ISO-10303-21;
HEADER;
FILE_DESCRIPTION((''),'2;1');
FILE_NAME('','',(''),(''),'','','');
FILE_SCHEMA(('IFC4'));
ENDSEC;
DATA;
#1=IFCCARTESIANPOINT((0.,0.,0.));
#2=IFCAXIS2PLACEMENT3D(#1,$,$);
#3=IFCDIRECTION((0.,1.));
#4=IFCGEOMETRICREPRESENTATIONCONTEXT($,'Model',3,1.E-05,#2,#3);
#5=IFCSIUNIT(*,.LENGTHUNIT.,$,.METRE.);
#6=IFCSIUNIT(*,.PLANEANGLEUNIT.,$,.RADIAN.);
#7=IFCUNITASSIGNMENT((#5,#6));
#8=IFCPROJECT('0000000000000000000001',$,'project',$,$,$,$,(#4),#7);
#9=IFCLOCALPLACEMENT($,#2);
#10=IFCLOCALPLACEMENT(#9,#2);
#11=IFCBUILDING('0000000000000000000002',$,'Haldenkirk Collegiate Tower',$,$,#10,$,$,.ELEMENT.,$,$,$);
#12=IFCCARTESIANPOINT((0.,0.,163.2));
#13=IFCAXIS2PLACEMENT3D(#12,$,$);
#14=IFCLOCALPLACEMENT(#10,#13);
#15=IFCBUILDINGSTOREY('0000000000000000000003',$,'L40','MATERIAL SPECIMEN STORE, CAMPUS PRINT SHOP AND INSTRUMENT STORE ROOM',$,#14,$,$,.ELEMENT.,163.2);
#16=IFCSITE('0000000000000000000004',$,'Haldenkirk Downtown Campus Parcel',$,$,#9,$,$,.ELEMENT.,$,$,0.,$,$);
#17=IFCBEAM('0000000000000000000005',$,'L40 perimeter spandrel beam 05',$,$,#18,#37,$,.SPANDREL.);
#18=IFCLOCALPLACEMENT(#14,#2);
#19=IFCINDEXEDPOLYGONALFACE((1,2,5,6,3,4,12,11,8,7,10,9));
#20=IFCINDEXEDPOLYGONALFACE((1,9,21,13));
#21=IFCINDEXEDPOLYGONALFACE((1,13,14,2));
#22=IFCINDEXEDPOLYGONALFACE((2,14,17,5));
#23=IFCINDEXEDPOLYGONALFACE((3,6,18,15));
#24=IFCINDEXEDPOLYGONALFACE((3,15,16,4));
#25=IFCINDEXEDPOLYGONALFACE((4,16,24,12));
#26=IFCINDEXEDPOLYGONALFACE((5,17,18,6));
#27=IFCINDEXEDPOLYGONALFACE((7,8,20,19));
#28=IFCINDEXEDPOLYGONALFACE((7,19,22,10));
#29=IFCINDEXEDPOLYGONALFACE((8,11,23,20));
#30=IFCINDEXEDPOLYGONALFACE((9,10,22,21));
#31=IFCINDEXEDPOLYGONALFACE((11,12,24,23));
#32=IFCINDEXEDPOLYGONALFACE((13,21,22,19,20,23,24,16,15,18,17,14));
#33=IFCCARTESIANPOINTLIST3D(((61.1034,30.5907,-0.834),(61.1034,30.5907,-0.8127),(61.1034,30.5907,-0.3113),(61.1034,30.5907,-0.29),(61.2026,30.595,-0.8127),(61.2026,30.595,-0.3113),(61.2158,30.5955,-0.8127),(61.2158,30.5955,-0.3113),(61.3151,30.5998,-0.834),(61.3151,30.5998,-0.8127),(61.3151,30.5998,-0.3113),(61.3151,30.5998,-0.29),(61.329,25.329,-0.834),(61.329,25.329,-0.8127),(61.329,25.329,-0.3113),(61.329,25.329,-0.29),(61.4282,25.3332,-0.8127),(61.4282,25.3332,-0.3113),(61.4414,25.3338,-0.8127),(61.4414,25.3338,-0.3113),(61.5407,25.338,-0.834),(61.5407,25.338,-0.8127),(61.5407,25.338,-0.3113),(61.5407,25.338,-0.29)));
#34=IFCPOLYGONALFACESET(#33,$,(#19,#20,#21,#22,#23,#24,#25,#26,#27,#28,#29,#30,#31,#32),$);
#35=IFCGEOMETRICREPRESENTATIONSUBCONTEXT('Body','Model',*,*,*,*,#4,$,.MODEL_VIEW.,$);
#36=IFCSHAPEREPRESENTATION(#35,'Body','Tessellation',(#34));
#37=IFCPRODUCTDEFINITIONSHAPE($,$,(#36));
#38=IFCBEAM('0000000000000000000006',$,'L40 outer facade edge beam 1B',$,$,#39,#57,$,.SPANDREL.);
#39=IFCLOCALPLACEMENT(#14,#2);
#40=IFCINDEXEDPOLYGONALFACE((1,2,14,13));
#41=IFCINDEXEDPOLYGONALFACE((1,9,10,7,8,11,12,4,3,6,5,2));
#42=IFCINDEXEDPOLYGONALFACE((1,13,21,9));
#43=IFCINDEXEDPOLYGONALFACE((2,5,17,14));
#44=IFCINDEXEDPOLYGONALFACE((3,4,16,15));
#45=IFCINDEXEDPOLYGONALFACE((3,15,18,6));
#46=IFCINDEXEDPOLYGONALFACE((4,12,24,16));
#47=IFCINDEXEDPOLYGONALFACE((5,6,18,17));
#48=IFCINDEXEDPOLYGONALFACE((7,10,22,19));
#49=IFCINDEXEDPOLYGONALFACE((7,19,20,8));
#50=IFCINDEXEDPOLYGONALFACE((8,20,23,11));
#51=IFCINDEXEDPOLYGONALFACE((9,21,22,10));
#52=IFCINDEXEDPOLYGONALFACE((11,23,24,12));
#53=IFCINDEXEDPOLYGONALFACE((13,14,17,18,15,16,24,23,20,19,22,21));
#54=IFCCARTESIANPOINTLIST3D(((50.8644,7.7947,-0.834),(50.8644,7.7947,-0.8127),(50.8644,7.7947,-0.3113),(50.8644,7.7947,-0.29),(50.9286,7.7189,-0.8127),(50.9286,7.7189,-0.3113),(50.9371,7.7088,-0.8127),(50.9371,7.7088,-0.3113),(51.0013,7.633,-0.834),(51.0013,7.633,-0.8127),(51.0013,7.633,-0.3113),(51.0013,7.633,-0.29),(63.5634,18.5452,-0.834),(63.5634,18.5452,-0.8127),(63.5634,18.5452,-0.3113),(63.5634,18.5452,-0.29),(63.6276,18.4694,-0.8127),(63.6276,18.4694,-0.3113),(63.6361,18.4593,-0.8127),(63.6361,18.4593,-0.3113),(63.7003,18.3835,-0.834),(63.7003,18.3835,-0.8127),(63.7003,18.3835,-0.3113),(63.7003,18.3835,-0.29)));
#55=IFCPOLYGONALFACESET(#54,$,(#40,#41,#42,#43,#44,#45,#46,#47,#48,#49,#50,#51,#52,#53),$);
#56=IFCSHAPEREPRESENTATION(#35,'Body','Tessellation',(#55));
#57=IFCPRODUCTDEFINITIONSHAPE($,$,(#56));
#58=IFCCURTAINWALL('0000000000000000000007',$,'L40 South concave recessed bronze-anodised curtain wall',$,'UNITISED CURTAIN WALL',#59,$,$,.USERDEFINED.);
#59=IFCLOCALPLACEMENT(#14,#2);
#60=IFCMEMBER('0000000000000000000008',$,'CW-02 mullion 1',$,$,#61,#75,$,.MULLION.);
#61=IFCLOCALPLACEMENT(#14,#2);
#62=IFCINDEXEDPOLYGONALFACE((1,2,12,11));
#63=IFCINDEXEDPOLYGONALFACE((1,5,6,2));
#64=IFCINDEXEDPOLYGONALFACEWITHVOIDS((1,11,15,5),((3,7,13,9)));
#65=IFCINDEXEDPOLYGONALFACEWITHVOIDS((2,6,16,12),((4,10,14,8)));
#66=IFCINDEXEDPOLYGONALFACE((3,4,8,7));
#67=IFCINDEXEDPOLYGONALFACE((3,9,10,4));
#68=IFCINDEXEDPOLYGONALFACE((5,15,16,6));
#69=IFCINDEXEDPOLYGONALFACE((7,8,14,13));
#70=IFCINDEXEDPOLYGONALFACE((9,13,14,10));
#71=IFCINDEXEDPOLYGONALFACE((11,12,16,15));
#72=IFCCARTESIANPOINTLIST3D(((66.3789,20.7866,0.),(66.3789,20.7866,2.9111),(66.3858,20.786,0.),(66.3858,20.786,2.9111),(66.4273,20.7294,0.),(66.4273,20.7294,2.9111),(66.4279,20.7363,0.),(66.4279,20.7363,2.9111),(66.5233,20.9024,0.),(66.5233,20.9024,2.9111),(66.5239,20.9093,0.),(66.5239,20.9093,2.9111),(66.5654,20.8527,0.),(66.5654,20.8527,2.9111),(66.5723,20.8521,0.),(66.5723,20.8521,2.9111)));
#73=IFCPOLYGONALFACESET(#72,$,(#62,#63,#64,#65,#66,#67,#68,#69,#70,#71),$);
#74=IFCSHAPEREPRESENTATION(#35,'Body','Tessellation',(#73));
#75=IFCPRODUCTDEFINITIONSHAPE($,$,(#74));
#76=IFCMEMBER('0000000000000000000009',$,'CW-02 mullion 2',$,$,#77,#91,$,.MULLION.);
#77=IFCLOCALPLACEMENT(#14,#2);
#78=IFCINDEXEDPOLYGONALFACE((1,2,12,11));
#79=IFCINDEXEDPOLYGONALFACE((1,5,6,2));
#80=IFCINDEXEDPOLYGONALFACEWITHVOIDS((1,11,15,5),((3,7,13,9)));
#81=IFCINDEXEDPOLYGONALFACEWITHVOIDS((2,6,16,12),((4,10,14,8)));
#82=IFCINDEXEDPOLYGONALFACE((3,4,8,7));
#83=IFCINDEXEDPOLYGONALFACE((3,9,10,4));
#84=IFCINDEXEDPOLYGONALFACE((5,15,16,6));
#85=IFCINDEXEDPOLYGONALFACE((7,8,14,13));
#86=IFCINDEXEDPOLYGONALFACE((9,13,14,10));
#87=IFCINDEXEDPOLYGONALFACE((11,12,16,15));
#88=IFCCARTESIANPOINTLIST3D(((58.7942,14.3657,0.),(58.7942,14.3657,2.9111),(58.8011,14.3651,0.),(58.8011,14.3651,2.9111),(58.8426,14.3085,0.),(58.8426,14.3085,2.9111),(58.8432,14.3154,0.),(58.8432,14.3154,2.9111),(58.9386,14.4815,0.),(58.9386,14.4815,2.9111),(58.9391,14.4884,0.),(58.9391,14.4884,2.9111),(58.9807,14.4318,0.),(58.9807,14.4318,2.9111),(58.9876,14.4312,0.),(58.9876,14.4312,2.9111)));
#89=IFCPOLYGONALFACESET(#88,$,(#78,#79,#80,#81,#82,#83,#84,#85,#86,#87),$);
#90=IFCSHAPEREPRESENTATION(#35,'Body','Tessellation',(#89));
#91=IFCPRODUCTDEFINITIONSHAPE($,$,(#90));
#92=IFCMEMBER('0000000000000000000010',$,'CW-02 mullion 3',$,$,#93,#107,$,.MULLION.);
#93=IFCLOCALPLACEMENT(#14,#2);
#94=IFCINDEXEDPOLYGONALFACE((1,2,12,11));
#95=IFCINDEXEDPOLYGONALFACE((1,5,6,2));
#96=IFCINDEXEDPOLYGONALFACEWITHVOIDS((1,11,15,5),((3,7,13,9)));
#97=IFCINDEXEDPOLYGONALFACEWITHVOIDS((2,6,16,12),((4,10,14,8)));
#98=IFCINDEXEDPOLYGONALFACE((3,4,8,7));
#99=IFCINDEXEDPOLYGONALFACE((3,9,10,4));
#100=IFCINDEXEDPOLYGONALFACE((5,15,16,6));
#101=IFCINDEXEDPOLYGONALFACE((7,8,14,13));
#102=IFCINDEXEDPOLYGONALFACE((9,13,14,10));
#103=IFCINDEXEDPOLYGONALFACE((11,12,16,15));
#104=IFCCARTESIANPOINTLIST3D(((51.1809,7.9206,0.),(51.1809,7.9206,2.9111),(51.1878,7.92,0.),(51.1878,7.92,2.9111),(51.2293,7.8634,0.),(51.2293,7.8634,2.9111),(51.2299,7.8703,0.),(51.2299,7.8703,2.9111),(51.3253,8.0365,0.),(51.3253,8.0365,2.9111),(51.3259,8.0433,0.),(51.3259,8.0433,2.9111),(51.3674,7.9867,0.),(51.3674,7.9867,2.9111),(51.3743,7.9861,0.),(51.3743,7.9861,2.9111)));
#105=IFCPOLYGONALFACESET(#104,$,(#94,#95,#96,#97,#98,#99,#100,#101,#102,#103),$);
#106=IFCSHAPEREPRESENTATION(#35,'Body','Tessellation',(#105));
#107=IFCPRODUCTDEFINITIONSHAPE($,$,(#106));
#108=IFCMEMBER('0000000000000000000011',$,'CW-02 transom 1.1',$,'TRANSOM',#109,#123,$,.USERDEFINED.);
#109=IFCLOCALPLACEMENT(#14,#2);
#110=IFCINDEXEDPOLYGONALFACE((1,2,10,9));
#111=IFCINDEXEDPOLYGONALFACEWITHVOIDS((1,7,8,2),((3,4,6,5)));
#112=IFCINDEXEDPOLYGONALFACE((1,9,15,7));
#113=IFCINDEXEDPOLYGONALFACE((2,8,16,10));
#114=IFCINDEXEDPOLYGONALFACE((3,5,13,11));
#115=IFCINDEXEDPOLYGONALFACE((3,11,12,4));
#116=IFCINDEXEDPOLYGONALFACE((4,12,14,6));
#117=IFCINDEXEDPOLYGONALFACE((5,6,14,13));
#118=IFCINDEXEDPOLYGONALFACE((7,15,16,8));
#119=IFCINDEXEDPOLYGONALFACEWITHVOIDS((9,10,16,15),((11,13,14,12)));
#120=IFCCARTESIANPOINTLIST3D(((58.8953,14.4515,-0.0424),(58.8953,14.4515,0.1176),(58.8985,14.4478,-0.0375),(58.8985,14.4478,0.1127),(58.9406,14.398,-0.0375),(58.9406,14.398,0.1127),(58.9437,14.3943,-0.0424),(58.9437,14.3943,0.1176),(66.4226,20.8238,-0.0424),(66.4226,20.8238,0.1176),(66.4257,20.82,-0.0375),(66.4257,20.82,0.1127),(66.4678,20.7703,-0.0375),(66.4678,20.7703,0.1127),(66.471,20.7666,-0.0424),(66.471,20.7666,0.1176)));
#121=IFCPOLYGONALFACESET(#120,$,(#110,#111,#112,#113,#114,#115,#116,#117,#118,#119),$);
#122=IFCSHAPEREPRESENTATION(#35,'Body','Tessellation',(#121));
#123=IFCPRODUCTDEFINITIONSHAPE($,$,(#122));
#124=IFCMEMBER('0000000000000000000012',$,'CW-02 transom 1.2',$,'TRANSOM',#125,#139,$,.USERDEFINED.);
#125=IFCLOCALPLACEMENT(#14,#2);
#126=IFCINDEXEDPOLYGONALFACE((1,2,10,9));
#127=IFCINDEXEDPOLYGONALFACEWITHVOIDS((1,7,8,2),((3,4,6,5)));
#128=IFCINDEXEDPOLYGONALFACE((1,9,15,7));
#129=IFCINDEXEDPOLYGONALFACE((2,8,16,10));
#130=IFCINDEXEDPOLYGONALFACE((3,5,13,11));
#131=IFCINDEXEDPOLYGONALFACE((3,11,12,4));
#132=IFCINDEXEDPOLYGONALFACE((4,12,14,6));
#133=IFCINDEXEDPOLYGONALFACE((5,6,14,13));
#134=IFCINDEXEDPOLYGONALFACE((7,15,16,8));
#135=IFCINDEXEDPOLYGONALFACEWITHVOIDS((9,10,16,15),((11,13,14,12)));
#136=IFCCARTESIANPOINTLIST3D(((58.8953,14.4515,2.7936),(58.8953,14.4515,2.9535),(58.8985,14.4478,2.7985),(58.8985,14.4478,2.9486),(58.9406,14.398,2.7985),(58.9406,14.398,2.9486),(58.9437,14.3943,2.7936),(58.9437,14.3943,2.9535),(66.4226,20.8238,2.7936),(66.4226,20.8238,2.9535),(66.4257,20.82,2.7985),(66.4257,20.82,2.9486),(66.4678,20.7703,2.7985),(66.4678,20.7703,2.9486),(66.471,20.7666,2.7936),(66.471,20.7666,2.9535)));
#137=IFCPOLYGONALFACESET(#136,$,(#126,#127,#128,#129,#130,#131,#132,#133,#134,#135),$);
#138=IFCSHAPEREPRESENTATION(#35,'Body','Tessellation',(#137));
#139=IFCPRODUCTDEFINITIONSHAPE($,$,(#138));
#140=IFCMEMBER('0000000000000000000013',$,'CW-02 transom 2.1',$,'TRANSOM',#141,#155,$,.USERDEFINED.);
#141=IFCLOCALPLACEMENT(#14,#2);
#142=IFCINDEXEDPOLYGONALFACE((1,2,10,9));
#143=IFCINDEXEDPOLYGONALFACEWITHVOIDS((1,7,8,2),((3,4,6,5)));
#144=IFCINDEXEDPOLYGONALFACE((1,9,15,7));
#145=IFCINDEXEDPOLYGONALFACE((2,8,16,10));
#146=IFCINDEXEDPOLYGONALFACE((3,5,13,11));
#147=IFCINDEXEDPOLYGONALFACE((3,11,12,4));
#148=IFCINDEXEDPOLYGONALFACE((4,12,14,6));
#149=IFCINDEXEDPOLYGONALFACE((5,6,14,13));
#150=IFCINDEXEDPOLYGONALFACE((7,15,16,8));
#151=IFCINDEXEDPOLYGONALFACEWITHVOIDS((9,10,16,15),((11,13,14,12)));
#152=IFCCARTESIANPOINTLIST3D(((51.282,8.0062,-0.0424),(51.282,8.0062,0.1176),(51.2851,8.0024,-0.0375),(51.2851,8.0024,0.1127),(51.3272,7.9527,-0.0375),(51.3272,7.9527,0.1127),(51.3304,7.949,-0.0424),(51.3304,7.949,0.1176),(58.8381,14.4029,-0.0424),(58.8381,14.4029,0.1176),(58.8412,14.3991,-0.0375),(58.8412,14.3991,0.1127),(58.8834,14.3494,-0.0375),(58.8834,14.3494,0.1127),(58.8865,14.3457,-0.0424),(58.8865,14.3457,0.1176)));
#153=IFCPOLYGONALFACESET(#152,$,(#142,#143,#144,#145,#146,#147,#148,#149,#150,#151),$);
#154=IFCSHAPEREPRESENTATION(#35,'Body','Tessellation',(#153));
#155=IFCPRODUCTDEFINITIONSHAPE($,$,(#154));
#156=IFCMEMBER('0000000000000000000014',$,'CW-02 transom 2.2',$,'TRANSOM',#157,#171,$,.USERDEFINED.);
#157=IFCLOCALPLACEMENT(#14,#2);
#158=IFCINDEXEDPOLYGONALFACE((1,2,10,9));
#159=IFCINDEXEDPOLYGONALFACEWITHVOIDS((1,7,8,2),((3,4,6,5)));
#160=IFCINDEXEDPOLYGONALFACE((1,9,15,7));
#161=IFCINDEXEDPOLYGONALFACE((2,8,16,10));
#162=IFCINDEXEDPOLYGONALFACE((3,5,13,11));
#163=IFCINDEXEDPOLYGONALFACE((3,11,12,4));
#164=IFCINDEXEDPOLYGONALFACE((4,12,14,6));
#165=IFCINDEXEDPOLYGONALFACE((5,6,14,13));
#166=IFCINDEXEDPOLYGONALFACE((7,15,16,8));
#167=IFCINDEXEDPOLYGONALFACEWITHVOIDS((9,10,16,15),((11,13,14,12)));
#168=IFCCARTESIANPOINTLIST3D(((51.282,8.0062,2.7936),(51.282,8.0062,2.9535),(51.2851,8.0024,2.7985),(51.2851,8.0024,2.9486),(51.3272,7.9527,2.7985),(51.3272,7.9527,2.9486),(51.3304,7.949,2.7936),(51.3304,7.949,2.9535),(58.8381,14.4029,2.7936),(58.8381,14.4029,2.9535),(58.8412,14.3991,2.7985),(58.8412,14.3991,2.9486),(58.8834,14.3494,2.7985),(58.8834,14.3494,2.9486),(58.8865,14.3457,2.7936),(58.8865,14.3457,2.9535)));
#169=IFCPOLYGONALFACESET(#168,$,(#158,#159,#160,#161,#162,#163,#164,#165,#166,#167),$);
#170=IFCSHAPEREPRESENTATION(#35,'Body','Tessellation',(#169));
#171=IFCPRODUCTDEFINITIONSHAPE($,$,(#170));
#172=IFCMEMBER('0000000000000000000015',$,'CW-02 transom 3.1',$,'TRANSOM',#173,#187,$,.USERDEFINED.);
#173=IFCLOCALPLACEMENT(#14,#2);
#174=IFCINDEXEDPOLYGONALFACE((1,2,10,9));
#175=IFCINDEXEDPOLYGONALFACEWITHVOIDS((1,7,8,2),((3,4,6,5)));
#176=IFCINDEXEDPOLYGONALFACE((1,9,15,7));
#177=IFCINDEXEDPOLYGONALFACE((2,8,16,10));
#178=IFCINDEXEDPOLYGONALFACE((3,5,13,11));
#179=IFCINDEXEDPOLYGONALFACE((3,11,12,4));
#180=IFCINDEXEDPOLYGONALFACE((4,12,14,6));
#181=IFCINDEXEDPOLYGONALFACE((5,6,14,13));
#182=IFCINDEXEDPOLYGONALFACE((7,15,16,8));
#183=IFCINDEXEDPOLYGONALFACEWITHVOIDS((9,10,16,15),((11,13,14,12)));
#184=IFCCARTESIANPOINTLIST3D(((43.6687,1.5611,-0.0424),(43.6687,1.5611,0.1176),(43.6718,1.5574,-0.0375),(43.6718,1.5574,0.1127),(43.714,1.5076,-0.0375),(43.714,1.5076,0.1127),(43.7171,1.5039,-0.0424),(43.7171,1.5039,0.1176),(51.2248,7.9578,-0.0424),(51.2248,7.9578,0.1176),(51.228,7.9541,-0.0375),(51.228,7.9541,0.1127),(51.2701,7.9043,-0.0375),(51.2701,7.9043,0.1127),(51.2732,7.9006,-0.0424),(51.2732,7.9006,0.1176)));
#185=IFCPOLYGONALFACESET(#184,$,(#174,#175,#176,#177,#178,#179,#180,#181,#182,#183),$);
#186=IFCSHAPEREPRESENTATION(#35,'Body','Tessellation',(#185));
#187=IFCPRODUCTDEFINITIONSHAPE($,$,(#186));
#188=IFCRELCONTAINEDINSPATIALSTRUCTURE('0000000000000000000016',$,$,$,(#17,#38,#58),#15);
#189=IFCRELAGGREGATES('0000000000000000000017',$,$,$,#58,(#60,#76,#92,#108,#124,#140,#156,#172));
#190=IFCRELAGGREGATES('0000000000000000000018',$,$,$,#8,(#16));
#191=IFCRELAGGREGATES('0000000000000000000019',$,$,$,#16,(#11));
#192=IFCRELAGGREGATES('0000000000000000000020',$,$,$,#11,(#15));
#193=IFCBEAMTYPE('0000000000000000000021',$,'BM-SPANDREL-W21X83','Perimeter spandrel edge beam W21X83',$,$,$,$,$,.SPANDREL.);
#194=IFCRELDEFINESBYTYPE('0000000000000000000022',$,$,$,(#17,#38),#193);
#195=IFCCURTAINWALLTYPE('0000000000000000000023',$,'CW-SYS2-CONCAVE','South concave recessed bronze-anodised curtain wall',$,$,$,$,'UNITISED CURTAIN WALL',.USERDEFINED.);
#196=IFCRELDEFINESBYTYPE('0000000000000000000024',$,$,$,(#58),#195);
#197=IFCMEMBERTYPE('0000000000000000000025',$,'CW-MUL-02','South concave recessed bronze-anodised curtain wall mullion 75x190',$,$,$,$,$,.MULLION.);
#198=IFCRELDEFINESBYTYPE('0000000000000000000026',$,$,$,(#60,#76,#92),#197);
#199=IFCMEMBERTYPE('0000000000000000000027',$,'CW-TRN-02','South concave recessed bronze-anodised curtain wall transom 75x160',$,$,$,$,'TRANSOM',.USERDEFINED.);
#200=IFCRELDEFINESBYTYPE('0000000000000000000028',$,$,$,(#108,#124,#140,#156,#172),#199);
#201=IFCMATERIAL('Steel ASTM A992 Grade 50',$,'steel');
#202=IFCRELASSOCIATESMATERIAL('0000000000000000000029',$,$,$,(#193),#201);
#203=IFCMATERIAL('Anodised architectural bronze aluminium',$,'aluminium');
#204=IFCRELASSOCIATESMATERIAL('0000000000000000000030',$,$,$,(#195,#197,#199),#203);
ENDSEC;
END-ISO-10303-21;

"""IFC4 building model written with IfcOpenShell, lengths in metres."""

from ifc_helpers import new_model, si_unit, direction, frame, origin, origin_2d, place, context, subcontext, project, spatial, hollow_rectangle, i_section, extrude, material, material_profile, profile_set, type_object, element, aggregate, save


model = new_model("IFC4")

# Units and contexts
model_context = context("Model", 3, precision=1e-05, world=origin(), true_north=direction((0.0, 1.0)))
body_context = subcontext(model_context, "Body", "Model", "MODEL_VIEW")
ifc_project = project(units=[si_unit("LENGTHUNIT", "METRE"), si_unit("PLANEANGLEUNIT", "RADIAN")], contexts=[model_context])

# Site, building, storey
site_placement = place(None, origin())
site = spatial("IfcSite", under=ifc_project, at=site_placement, Name="Haldenkirk Downtown Campus Parcel", CompositionType="ELEMENT", RefElevation=0.0)
building_placement = place(site_placement, origin())
building = spatial("IfcBuilding", under=site, at=building_placement, Name="Haldenkirk Collegiate Tower", CompositionType="ELEMENT")
storey_placement = place(building_placement, frame((0.0, 0.0, 163.2)))
storey = spatial("IfcBuildingStorey", under=building, at=storey_placement, Name="L40", Description="MATERIAL SPECIMEN STORE, CAMPUS PRINT SHOP AND INSTRUMENT STORE ROOM", CompositionType="ELEMENT", Elevation=163.2)

# Beams
ifc_material_1 = material(Name="Steel ASTM A992 Grade 50", Category="steel")
ifc_material_profile_1 = material_profile(ifc_material_1, i_section(OverallWidth=0.2119, OverallDepth=0.5439, WebThickness=0.0132, FlangeThickness=0.0212, at=origin_2d()), Name="W21X83")
ifc_profile_set_1 = profile_set([ifc_material_profile_1], Name="Steel ASTM A992 Grade 50")
beam_type_1 = type_object("IfcBeamType", Name="BM-SPANDREL-W21X83", Description="Perimeter spandrel edge beam W21X83", PredefinedType="SPANDREL", material=ifc_profile_set_1)
beam_1_placement = place(storey_placement, frame((61.4348, 25.3335, -0.562), z_axis=(-0.042834, 0.999082, 0.0), x_axis=(-0.999082, -0.042834, 0.0)))
element("IfcBeam", 1, at=beam_1_placement, inside=storey, type_object=beam_type_1, Name="L40 perimeter spandrel beam 05", PredefinedType="SPANDREL", context=body_context, shape_type="SweptSolid", body=[
    extrude(i_section(OverallWidth=0.2119, OverallDepth=0.5439, WebThickness=0.0132, FlangeThickness=0.0212, at=origin_2d()), origin(), (0.0, 0.0, 1.0), 5.2666),
])
beam_2_placement = place(storey_placement, frame((50.9329, 7.7139, -0.562), z_axis=(0.763232, 0.646124, 0.0), x_axis=(-0.646124, 0.763232, 0.0)))
element("IfcBeam", 2, at=beam_2_placement, inside=storey, type_object=beam_type_1, Name="L40 outer facade edge beam 1B", PredefinedType="SPANDREL", context=body_context, shape_type="SweptSolid", body=[
    extrude(i_section(OverallWidth=0.2119, OverallDepth=0.5439, WebThickness=0.0132, FlangeThickness=0.0212, at=origin_2d()), origin(), (0.0, 0.0, 1.0), 16.6384),
])

# Curtain wall, members
ifc_material_2 = material(Name="Anodised architectural bronze aluminium", Category="aluminium")
curtain_wall_type = type_object("IfcCurtainWallType", Name="CW-SYS2-CONCAVE", Description="South concave recessed bronze-anodised curtain wall", ElementType="UNITISED CURTAIN WALL", PredefinedType="USERDEFINED", material=ifc_material_2)
curtain_wall_placement = place(storey_placement, origin())
curtain_wall = element("IfcCurtainWall", 3, at=curtain_wall_placement, inside=storey, type_object=curtain_wall_type, Name="L40 South concave recessed bronze-anodised curtain wall", ObjectType="UNITISED CURTAIN WALL", PredefinedType="USERDEFINED")
ifc_material_profile_2 = material_profile(ifc_material_2, hollow_rectangle(XDim=0.075, YDim=0.1899, WallThickness=0.0049, at=origin_2d()), Name="CW-MUL-02")
ifc_profile_set_2 = profile_set([ifc_material_profile_2], Name="Anodised architectural bronze aluminium")
member_type_1 = type_object("IfcMemberType", Name="CW-MUL-02", Description="South concave recessed bronze-anodised curtain wall mullion 75x190", PredefinedType="MULLION", material=ifc_profile_set_2)
member_1_placement = place(storey_placement, frame((66.4756, 20.8193, 0.0), z_axis=(0.0, 0.0, 1.0), x_axis=(0.646124, -0.763232, 0.0)))
member_1 = element("IfcMember", 4, at=member_1_placement, type_object=member_type_1, Name="CW-02 mullion 1", PredefinedType="MULLION", context=body_context, shape_type="SweptSolid", body=[
    extrude(hollow_rectangle(XDim=0.075, YDim=0.1899, WallThickness=0.0049, at=origin_2d()), origin(), (0.0, 0.0, 1.0), 2.9111),
])
member_2_placement = place(storey_placement, frame((58.8909, 14.3984, 0.0), z_axis=(0.0, 0.0, 1.0), x_axis=(0.646124, -0.763232, 0.0)))
member_2 = element("IfcMember", 5, at=member_2_placement, type_object=member_type_1, Name="CW-02 mullion 2", PredefinedType="MULLION", context=body_context, shape_type="SweptSolid", body=[
    extrude(hollow_rectangle(XDim=0.075, YDim=0.1899, WallThickness=0.0049, at=origin_2d()), origin(), (0.0, 0.0, 1.0), 2.9111),
])
member_3_placement = place(storey_placement, frame((51.2776, 7.9534, 0.0), z_axis=(0.0, 0.0, 1.0), x_axis=(0.646124, -0.763232, 0.0)))
member_3 = element("IfcMember", 6, at=member_3_placement, type_object=member_type_1, Name="CW-02 mullion 3", PredefinedType="MULLION", context=body_context, shape_type="SweptSolid", body=[
    extrude(hollow_rectangle(XDim=0.075, YDim=0.1899, WallThickness=0.0049, at=origin_2d()), origin(), (0.0, 0.0, 1.0), 2.9111),
])
ifc_material_profile_3 = material_profile(ifc_material_2, hollow_rectangle(XDim=0.075, YDim=0.1599, WallThickness=0.0049, at=origin_2d()), Name="CW-TRN-02")
ifc_profile_set_3 = profile_set([ifc_material_profile_3], Name="Anodised architectural bronze aluminium")
member_type_2 = type_object("IfcMemberType", Name="CW-TRN-02", Description="South concave recessed bronze-anodised curtain wall transom 75x160", ElementType="TRANSOM", PredefinedType="USERDEFINED", material=ifc_profile_set_3)
member_4_placement = place(storey_placement, frame((66.4468, 20.7952, 0.0376), z_axis=(-0.763235, -0.646121, 0.0), x_axis=(0.646121, -0.763235, 0.0)))
member_4 = element("IfcMember", 7, at=member_4_placement, type_object=member_type_2, Name="CW-02 transom 1.1", ObjectType="TRANSOM", PredefinedType="USERDEFINED", context=body_context, shape_type="SweptSolid", body=[
    extrude(hollow_rectangle(XDim=0.075, YDim=0.1599, WallThickness=0.0049, at=origin_2d()), origin(), (0.0, 0.0, 1.0), 9.8623),
])
member_5_placement = place(storey_placement, frame((66.4468, 20.7952, 2.8735), z_axis=(-0.763235, -0.646121, 0.0), x_axis=(0.646121, -0.763235, 0.0)))
member_5 = element("IfcMember", 8, at=member_5_placement, type_object=member_type_2, Name="CW-02 transom 1.2", ObjectType="TRANSOM", PredefinedType="USERDEFINED", context=body_context, shape_type="SweptSolid", body=[
    extrude(hollow_rectangle(XDim=0.075, YDim=0.1599, WallThickness=0.0049, at=origin_2d()), origin(), (0.0, 0.0, 1.0), 9.8623),
])
member_6_placement = place(storey_placement, frame((58.8623, 14.3743, 0.0376), z_axis=(-0.763234, -0.646122, 0.0), x_axis=(0.646122, -0.763234, 0.0)))
member_6 = element("IfcMember", 9, at=member_6_placement, type_object=member_type_2, Name="CW-02 transom 2.1", ObjectType="TRANSOM", PredefinedType="USERDEFINED", context=body_context, shape_type="SweptSolid", body=[
    extrude(hollow_rectangle(XDim=0.075, YDim=0.1599, WallThickness=0.0049, at=origin_2d()), origin(), (0.0, 0.0, 1.0), 9.9001),
])
member_7_placement = place(storey_placement, frame((58.8623, 14.3743, 2.8735), z_axis=(-0.763234, -0.646122, 0.0), x_axis=(0.646122, -0.763234, 0.0)))
member_7 = element("IfcMember", 10, at=member_7_placement, type_object=member_type_2, Name="CW-02 transom 2.2", ObjectType="TRANSOM", PredefinedType="USERDEFINED", context=body_context, shape_type="SweptSolid", body=[
    extrude(hollow_rectangle(XDim=0.075, YDim=0.1599, WallThickness=0.0049, at=origin_2d()), origin(), (0.0, 0.0, 1.0), 9.9001),
])
member_8_placement = place(storey_placement, frame((51.249, 7.9292, 0.0376), z_axis=(-0.763234, -0.646122, 0.0), x_axis=(0.646122, -0.763234, 0.0)))
member_8 = element("IfcMember", 11, at=member_8_placement, type_object=member_type_2, Name="CW-02 transom 3.1", ObjectType="TRANSOM", PredefinedType="USERDEFINED", context=body_context, shape_type="SweptSolid", body=[
    extrude(hollow_rectangle(XDim=0.075, YDim=0.1599, WallThickness=0.0049, at=origin_2d()), origin(), (0.0, 0.0, 1.0), 9.9001),
])
aggregate(curtain_wall, [member_1, member_2, member_3, member_4, member_5, member_6, member_7, member_8])

save(model, "model.ifc")
